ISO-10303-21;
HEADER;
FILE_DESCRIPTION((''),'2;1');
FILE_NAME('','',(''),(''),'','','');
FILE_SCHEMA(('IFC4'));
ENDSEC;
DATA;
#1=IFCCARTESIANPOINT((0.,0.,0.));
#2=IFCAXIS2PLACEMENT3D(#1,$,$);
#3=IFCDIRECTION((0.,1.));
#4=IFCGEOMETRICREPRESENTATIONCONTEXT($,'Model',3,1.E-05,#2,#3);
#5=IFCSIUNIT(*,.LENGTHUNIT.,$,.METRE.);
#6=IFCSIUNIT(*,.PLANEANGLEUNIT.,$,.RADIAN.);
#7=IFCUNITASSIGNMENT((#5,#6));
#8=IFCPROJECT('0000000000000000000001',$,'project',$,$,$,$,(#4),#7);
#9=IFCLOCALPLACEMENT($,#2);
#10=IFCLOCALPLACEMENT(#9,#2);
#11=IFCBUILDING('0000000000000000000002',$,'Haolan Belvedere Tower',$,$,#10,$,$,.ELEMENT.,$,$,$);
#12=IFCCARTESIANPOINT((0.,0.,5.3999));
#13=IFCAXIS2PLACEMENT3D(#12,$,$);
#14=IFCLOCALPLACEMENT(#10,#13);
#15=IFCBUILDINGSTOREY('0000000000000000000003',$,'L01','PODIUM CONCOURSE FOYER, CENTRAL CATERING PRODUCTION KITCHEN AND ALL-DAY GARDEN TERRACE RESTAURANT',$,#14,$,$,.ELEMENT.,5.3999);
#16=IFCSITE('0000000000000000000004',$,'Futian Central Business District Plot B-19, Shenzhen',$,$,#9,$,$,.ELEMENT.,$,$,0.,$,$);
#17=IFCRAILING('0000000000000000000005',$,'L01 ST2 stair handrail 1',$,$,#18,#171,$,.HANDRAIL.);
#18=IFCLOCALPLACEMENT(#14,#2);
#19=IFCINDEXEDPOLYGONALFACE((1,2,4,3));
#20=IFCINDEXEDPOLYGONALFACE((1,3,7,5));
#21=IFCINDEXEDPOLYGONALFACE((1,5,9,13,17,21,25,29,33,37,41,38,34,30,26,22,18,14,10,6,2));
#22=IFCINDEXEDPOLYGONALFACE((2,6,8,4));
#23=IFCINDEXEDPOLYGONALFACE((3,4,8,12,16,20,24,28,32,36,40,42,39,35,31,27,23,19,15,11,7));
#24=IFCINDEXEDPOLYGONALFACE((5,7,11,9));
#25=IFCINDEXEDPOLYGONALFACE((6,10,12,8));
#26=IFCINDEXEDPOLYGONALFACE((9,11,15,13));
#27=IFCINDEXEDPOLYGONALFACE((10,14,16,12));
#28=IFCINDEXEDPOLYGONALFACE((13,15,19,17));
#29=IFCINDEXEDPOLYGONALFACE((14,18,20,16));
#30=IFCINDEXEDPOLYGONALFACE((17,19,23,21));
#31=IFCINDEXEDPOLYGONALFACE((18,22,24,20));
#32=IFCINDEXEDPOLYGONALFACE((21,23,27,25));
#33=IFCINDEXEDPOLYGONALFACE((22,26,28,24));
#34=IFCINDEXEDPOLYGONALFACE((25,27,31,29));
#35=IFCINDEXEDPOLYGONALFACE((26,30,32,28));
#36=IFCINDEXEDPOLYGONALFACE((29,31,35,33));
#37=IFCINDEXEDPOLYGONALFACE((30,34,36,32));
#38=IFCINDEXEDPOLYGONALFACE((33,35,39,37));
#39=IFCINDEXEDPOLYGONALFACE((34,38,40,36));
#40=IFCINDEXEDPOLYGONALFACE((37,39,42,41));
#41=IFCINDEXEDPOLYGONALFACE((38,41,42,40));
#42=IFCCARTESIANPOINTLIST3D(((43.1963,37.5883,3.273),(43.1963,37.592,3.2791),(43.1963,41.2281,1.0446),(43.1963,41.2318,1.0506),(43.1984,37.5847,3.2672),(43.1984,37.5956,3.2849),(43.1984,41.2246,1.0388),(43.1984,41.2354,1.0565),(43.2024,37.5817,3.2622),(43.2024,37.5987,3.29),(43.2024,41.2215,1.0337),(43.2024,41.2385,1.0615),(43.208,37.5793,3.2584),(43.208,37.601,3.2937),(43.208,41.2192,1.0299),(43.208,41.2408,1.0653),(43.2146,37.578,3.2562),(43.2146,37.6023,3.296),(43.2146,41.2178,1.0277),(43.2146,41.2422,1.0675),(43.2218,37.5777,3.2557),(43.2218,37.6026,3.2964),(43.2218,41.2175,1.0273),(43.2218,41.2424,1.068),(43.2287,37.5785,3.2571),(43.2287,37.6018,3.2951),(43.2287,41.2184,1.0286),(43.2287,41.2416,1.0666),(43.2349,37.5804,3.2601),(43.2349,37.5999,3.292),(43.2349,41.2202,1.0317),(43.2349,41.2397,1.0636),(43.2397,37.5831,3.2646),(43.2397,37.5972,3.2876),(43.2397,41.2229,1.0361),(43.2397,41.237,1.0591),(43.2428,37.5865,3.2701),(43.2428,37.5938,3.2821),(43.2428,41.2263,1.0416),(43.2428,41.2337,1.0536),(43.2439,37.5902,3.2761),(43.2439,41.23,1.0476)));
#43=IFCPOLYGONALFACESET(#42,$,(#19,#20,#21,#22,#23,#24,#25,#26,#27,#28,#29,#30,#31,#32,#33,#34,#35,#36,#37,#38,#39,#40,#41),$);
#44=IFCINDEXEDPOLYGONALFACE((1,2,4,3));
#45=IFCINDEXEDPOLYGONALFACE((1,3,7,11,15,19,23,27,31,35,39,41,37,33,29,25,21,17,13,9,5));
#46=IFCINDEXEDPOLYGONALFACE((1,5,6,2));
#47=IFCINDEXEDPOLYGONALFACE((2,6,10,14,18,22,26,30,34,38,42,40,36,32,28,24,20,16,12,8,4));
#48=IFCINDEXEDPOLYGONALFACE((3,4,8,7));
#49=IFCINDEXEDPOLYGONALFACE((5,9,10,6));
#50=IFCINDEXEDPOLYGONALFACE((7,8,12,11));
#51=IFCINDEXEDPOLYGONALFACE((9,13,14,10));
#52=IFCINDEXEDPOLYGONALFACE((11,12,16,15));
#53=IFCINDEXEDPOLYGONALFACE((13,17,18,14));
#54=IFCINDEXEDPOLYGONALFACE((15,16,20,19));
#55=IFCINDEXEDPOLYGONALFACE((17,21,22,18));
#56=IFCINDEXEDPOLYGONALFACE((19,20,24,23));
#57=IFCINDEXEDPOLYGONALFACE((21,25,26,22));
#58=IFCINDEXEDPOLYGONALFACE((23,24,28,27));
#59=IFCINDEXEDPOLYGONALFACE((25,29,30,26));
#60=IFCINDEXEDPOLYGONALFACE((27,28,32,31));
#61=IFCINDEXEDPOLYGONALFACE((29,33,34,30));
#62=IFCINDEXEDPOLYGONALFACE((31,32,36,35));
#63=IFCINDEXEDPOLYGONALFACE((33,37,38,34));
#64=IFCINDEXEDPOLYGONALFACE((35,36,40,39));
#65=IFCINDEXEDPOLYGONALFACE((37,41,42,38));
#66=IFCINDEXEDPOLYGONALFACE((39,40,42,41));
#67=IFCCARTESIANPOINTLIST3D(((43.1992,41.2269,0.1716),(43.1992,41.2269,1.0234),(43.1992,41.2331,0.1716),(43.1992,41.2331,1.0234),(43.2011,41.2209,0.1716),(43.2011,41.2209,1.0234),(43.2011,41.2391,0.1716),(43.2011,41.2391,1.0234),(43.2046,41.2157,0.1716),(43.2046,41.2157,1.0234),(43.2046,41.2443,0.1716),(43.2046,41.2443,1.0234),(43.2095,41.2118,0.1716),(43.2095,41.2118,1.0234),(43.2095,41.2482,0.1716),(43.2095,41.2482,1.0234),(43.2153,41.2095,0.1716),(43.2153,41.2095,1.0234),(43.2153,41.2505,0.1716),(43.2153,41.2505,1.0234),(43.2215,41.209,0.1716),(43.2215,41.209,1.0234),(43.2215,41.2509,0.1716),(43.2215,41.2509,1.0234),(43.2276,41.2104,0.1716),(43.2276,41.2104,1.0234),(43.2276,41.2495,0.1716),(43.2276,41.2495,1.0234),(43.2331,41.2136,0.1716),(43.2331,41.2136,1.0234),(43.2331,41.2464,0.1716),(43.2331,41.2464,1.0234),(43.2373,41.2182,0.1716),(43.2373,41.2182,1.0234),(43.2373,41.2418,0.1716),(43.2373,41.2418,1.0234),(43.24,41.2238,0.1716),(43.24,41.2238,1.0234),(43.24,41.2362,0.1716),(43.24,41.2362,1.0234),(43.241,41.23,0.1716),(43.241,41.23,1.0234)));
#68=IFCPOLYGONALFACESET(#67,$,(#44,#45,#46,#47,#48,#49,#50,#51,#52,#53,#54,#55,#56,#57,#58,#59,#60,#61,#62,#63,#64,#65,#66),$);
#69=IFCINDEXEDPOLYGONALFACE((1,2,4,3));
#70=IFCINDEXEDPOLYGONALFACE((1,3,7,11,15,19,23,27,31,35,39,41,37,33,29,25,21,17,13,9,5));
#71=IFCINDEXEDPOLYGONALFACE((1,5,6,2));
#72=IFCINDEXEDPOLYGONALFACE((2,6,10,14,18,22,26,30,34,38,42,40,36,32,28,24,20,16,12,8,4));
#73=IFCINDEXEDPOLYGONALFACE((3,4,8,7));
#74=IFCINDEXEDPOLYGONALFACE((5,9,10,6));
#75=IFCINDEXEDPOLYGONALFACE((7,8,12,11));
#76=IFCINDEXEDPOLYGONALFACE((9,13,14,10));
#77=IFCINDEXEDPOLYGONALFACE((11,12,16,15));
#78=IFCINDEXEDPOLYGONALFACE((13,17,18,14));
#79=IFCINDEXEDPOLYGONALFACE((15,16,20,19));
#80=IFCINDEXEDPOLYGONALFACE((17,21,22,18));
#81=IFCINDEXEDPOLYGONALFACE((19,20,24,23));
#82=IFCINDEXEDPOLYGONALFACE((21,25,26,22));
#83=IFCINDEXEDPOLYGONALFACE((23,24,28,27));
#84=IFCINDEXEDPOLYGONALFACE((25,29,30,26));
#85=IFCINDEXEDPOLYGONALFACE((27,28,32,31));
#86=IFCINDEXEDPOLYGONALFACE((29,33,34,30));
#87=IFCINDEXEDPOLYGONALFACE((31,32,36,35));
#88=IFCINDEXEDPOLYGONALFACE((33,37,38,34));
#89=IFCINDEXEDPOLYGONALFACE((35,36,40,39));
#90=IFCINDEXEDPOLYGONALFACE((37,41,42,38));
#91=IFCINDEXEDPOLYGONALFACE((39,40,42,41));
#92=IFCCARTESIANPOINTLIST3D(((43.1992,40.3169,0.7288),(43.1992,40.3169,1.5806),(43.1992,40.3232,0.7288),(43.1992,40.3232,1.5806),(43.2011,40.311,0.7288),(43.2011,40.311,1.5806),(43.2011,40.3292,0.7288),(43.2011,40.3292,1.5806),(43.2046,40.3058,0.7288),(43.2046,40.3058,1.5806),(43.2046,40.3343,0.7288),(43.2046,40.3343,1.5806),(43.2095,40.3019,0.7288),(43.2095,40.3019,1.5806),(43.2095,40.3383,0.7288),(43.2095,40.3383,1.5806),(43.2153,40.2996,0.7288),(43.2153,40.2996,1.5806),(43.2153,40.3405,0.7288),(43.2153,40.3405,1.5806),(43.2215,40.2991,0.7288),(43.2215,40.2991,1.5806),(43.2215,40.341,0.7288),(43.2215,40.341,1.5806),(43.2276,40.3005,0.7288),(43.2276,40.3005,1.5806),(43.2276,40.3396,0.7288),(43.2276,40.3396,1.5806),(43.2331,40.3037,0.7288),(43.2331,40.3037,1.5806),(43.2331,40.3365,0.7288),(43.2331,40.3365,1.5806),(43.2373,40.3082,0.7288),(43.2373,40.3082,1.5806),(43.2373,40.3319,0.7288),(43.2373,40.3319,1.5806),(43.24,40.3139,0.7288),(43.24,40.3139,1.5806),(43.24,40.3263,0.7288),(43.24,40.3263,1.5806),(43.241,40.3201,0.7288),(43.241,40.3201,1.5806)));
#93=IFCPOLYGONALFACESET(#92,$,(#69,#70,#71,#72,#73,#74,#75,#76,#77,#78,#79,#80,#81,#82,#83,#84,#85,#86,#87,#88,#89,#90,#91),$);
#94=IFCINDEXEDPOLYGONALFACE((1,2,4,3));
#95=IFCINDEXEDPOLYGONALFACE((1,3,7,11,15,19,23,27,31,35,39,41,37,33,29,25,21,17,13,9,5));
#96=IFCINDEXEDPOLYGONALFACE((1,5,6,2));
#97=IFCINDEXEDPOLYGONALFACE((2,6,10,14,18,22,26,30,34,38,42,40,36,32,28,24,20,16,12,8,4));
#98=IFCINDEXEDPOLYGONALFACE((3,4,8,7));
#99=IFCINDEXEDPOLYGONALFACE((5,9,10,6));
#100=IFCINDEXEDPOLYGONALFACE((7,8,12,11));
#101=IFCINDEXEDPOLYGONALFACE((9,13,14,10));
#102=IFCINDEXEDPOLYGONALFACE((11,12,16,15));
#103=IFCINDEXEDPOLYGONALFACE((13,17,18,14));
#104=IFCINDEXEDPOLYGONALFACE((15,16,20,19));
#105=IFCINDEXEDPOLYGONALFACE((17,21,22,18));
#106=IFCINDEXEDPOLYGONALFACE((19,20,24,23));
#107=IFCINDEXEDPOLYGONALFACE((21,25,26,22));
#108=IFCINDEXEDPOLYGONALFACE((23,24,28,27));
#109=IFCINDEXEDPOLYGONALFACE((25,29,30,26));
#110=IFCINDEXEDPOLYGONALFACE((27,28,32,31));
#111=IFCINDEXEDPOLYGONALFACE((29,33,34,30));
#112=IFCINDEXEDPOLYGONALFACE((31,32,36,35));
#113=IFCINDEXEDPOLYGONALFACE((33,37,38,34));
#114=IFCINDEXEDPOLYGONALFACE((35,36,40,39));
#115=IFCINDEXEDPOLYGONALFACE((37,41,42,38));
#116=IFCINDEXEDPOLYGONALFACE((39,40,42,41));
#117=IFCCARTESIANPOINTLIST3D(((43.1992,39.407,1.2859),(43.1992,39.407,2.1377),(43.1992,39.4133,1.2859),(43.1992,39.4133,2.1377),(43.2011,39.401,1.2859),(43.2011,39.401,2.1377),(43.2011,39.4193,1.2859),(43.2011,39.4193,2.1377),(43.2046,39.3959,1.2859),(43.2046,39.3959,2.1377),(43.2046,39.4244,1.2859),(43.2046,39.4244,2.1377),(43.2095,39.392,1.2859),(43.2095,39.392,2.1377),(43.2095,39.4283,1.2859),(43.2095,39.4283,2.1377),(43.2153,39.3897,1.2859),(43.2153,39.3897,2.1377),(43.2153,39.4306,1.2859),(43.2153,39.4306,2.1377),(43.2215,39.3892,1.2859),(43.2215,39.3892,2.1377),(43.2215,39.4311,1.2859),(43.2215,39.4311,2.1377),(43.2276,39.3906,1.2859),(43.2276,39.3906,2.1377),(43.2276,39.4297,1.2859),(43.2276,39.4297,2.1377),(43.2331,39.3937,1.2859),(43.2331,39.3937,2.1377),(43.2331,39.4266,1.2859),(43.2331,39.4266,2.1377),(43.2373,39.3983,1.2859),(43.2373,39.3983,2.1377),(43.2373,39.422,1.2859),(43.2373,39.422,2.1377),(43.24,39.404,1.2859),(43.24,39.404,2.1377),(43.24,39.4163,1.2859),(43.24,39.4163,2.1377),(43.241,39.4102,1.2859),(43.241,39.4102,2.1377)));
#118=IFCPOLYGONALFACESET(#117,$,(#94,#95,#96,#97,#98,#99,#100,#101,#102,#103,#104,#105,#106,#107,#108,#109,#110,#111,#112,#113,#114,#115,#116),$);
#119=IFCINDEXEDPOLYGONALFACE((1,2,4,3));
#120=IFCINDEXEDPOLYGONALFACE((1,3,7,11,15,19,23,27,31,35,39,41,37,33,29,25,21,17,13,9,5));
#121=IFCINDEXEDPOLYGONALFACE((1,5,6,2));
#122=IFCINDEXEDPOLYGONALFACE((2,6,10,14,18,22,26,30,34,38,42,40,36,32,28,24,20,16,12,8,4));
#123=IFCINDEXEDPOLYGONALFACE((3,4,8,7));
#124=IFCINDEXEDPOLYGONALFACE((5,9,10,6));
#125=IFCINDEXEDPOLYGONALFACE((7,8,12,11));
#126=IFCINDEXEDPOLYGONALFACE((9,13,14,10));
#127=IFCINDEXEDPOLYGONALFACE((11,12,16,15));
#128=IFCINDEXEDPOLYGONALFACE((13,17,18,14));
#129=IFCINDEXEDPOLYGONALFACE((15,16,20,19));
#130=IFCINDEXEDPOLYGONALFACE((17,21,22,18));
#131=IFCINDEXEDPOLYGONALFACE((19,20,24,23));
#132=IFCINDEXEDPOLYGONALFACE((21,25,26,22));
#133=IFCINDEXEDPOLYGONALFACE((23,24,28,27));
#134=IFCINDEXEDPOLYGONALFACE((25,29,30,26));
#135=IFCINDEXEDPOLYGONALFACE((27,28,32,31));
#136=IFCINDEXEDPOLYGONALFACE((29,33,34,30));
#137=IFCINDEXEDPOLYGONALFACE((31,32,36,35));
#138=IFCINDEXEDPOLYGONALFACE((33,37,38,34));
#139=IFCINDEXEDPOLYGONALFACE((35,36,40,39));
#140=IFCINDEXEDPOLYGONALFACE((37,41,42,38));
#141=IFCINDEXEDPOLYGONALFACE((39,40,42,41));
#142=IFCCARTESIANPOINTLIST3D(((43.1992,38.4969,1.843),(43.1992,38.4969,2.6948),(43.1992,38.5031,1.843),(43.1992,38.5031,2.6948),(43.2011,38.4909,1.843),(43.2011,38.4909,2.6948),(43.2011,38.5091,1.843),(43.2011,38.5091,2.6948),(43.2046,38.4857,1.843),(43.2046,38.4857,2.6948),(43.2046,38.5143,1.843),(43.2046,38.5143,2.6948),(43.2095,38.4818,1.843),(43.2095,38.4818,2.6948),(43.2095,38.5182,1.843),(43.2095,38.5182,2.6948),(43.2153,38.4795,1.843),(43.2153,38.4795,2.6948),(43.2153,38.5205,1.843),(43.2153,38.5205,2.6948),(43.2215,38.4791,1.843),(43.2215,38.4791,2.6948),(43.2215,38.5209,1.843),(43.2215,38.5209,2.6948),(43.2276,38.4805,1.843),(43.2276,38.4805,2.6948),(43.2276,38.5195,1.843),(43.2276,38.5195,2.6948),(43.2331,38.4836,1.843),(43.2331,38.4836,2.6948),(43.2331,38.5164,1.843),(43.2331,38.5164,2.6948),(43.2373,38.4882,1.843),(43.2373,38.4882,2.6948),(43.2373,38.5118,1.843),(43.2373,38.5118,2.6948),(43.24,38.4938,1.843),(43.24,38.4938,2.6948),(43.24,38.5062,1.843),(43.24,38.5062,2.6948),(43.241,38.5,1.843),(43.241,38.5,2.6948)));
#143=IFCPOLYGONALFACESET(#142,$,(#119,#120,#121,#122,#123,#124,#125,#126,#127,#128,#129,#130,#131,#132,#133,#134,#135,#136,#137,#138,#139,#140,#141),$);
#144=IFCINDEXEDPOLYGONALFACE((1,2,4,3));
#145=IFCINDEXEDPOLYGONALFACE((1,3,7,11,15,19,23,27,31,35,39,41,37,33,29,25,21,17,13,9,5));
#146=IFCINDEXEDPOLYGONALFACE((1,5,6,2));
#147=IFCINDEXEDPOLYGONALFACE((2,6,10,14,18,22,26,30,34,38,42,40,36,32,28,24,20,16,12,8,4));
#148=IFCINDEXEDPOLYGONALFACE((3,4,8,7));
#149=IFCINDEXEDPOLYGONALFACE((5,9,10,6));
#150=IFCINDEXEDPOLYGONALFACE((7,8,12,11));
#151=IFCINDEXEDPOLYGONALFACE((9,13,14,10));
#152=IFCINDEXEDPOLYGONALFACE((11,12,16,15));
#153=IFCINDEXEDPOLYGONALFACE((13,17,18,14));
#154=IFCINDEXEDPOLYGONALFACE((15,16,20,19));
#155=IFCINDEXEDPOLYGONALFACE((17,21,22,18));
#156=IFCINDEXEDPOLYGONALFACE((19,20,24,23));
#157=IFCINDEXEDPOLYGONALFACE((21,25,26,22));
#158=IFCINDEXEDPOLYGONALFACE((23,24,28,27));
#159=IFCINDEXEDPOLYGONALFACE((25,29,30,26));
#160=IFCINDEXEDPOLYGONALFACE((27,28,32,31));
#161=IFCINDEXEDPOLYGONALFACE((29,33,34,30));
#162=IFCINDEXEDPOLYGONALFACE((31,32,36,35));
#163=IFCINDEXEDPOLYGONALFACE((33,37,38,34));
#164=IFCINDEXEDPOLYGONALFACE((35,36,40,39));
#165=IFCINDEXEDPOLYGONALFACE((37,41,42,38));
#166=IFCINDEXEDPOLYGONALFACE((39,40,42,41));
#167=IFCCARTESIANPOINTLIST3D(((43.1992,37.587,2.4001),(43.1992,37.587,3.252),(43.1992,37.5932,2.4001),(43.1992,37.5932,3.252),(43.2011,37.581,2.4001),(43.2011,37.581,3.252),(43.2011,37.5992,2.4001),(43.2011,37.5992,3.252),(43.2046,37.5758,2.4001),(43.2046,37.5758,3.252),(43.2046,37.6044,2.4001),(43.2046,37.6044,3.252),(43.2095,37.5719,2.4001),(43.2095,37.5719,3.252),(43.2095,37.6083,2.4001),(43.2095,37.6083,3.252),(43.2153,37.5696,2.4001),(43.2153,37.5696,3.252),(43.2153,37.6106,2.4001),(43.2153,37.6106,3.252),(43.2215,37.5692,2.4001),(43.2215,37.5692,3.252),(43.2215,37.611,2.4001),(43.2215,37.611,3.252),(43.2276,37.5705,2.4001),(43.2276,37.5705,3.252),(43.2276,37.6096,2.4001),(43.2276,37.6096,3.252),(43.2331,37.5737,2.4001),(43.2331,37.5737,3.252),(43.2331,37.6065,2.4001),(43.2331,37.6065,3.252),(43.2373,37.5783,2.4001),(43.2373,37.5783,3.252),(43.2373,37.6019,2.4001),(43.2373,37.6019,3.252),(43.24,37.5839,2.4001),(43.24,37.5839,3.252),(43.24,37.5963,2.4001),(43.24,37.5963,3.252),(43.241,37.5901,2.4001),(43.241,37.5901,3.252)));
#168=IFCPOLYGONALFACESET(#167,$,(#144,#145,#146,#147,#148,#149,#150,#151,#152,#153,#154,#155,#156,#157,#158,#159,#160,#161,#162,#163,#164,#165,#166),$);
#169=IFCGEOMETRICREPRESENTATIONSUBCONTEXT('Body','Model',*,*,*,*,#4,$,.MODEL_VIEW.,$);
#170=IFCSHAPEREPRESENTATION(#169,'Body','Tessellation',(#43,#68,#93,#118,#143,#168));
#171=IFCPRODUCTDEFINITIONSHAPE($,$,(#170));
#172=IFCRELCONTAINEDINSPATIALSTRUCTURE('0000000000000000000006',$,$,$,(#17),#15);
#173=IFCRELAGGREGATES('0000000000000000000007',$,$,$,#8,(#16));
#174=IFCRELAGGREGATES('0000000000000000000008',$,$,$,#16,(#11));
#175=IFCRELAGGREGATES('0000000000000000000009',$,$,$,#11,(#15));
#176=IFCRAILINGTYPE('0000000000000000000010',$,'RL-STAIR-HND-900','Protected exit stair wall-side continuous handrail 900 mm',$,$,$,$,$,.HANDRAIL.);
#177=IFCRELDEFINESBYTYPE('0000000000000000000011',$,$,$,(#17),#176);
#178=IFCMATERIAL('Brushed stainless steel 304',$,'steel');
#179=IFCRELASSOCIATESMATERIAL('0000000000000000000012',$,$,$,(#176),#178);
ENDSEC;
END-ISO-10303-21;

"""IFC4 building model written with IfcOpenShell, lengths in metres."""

from ifc_helpers import new_model, si_unit, direction, frame, origin, origin_2d, place, context, subcontext, project, spatial, circle, extrude, material, type_object, element, save


model = new_model("IFC4")

# Units and contexts
model_context = context("Model", 3, precision=1e-05, world=origin(), true_north=direction((0.0, 1.0)))
body_context = subcontext(model_context, "Body", "Model", "MODEL_VIEW")
ifc_project = project(units=[si_unit("LENGTHUNIT", "METRE"), si_unit("PLANEANGLEUNIT", "RADIAN")], contexts=[model_context])

# Site, building, storey
site_placement = place(None, origin())
site = spatial("IfcSite", under=ifc_project, at=site_placement, Name="Futian Central Business District Plot B-19, Shenzhen", CompositionType="ELEMENT", RefElevation=0.0)
building_placement = place(site_placement, origin())
building = spatial("IfcBuilding", under=site, at=building_placement, Name="Haolan Belvedere Tower", CompositionType="ELEMENT")
storey_placement = place(building_placement, frame((0.0, 0.0, 5.3999)))
storey = spatial("IfcBuildingStorey", under=building, at=storey_placement, Name="L01", Description="PODIUM CONCOURSE FOYER, CENTRAL CATERING PRODUCTION KITCHEN AND ALL-DAY GARDEN TERRACE RESTAURANT", CompositionType="ELEMENT", Elevation=5.3999)

# Railing
ifc_material_1 = material(Name="Brushed stainless steel 304", Category="steel")
railing_type_1 = type_object("IfcRailingType", Name="RL-STAIR-HND-900", Description="Protected exit stair wall-side continuous handrail 900 mm", PredefinedType="HANDRAIL", material=ifc_material_1)
railing_1_placement = place(storey_placement, frame((43.22, 41.23, 0.1716)))
element("IfcRailing", 1, at=railing_1_placement, inside=storey, type_object=railing_type_1, Name="L01 ST2 stair handrail 1", PredefinedType="HANDRAIL", context=body_context, shape_type="SweptSolid", body=[
    extrude(circle(Radius=0.0239, at=origin_2d()), frame((0.0, 0.0, 0.876), z_axis=(0.0, -0.85285, 0.522156), x_axis=(1.0, 0.0, 0.0)), (0.0, 0.0, 1.0), 4.2678),
    extrude(circle(Radius=0.021, at=origin_2d()), origin(), (0.0, 0.0, 1.0), 0.8518),
    extrude(circle(Radius=0.021, at=origin_2d()), frame((0.0, -0.9099, 0.5571)), (0.0, 0.0, 1.0), 0.8518),
    extrude(circle(Radius=0.021, at=origin_2d()), frame((0.0, -1.8198, 1.1143)), (0.0, 0.0, 1.0), 0.8518),
    extrude(circle(Radius=0.021, at=origin_2d()), frame((0.0, -2.73, 1.6714)), (0.0, 0.0, 1.0), 0.8518),
    extrude(circle(Radius=0.021, at=origin_2d()), frame((0.0, -3.6399, 2.2285)), (0.0, 0.0, 1.0), 0.8518),
])

save(model, "model.ifc")
